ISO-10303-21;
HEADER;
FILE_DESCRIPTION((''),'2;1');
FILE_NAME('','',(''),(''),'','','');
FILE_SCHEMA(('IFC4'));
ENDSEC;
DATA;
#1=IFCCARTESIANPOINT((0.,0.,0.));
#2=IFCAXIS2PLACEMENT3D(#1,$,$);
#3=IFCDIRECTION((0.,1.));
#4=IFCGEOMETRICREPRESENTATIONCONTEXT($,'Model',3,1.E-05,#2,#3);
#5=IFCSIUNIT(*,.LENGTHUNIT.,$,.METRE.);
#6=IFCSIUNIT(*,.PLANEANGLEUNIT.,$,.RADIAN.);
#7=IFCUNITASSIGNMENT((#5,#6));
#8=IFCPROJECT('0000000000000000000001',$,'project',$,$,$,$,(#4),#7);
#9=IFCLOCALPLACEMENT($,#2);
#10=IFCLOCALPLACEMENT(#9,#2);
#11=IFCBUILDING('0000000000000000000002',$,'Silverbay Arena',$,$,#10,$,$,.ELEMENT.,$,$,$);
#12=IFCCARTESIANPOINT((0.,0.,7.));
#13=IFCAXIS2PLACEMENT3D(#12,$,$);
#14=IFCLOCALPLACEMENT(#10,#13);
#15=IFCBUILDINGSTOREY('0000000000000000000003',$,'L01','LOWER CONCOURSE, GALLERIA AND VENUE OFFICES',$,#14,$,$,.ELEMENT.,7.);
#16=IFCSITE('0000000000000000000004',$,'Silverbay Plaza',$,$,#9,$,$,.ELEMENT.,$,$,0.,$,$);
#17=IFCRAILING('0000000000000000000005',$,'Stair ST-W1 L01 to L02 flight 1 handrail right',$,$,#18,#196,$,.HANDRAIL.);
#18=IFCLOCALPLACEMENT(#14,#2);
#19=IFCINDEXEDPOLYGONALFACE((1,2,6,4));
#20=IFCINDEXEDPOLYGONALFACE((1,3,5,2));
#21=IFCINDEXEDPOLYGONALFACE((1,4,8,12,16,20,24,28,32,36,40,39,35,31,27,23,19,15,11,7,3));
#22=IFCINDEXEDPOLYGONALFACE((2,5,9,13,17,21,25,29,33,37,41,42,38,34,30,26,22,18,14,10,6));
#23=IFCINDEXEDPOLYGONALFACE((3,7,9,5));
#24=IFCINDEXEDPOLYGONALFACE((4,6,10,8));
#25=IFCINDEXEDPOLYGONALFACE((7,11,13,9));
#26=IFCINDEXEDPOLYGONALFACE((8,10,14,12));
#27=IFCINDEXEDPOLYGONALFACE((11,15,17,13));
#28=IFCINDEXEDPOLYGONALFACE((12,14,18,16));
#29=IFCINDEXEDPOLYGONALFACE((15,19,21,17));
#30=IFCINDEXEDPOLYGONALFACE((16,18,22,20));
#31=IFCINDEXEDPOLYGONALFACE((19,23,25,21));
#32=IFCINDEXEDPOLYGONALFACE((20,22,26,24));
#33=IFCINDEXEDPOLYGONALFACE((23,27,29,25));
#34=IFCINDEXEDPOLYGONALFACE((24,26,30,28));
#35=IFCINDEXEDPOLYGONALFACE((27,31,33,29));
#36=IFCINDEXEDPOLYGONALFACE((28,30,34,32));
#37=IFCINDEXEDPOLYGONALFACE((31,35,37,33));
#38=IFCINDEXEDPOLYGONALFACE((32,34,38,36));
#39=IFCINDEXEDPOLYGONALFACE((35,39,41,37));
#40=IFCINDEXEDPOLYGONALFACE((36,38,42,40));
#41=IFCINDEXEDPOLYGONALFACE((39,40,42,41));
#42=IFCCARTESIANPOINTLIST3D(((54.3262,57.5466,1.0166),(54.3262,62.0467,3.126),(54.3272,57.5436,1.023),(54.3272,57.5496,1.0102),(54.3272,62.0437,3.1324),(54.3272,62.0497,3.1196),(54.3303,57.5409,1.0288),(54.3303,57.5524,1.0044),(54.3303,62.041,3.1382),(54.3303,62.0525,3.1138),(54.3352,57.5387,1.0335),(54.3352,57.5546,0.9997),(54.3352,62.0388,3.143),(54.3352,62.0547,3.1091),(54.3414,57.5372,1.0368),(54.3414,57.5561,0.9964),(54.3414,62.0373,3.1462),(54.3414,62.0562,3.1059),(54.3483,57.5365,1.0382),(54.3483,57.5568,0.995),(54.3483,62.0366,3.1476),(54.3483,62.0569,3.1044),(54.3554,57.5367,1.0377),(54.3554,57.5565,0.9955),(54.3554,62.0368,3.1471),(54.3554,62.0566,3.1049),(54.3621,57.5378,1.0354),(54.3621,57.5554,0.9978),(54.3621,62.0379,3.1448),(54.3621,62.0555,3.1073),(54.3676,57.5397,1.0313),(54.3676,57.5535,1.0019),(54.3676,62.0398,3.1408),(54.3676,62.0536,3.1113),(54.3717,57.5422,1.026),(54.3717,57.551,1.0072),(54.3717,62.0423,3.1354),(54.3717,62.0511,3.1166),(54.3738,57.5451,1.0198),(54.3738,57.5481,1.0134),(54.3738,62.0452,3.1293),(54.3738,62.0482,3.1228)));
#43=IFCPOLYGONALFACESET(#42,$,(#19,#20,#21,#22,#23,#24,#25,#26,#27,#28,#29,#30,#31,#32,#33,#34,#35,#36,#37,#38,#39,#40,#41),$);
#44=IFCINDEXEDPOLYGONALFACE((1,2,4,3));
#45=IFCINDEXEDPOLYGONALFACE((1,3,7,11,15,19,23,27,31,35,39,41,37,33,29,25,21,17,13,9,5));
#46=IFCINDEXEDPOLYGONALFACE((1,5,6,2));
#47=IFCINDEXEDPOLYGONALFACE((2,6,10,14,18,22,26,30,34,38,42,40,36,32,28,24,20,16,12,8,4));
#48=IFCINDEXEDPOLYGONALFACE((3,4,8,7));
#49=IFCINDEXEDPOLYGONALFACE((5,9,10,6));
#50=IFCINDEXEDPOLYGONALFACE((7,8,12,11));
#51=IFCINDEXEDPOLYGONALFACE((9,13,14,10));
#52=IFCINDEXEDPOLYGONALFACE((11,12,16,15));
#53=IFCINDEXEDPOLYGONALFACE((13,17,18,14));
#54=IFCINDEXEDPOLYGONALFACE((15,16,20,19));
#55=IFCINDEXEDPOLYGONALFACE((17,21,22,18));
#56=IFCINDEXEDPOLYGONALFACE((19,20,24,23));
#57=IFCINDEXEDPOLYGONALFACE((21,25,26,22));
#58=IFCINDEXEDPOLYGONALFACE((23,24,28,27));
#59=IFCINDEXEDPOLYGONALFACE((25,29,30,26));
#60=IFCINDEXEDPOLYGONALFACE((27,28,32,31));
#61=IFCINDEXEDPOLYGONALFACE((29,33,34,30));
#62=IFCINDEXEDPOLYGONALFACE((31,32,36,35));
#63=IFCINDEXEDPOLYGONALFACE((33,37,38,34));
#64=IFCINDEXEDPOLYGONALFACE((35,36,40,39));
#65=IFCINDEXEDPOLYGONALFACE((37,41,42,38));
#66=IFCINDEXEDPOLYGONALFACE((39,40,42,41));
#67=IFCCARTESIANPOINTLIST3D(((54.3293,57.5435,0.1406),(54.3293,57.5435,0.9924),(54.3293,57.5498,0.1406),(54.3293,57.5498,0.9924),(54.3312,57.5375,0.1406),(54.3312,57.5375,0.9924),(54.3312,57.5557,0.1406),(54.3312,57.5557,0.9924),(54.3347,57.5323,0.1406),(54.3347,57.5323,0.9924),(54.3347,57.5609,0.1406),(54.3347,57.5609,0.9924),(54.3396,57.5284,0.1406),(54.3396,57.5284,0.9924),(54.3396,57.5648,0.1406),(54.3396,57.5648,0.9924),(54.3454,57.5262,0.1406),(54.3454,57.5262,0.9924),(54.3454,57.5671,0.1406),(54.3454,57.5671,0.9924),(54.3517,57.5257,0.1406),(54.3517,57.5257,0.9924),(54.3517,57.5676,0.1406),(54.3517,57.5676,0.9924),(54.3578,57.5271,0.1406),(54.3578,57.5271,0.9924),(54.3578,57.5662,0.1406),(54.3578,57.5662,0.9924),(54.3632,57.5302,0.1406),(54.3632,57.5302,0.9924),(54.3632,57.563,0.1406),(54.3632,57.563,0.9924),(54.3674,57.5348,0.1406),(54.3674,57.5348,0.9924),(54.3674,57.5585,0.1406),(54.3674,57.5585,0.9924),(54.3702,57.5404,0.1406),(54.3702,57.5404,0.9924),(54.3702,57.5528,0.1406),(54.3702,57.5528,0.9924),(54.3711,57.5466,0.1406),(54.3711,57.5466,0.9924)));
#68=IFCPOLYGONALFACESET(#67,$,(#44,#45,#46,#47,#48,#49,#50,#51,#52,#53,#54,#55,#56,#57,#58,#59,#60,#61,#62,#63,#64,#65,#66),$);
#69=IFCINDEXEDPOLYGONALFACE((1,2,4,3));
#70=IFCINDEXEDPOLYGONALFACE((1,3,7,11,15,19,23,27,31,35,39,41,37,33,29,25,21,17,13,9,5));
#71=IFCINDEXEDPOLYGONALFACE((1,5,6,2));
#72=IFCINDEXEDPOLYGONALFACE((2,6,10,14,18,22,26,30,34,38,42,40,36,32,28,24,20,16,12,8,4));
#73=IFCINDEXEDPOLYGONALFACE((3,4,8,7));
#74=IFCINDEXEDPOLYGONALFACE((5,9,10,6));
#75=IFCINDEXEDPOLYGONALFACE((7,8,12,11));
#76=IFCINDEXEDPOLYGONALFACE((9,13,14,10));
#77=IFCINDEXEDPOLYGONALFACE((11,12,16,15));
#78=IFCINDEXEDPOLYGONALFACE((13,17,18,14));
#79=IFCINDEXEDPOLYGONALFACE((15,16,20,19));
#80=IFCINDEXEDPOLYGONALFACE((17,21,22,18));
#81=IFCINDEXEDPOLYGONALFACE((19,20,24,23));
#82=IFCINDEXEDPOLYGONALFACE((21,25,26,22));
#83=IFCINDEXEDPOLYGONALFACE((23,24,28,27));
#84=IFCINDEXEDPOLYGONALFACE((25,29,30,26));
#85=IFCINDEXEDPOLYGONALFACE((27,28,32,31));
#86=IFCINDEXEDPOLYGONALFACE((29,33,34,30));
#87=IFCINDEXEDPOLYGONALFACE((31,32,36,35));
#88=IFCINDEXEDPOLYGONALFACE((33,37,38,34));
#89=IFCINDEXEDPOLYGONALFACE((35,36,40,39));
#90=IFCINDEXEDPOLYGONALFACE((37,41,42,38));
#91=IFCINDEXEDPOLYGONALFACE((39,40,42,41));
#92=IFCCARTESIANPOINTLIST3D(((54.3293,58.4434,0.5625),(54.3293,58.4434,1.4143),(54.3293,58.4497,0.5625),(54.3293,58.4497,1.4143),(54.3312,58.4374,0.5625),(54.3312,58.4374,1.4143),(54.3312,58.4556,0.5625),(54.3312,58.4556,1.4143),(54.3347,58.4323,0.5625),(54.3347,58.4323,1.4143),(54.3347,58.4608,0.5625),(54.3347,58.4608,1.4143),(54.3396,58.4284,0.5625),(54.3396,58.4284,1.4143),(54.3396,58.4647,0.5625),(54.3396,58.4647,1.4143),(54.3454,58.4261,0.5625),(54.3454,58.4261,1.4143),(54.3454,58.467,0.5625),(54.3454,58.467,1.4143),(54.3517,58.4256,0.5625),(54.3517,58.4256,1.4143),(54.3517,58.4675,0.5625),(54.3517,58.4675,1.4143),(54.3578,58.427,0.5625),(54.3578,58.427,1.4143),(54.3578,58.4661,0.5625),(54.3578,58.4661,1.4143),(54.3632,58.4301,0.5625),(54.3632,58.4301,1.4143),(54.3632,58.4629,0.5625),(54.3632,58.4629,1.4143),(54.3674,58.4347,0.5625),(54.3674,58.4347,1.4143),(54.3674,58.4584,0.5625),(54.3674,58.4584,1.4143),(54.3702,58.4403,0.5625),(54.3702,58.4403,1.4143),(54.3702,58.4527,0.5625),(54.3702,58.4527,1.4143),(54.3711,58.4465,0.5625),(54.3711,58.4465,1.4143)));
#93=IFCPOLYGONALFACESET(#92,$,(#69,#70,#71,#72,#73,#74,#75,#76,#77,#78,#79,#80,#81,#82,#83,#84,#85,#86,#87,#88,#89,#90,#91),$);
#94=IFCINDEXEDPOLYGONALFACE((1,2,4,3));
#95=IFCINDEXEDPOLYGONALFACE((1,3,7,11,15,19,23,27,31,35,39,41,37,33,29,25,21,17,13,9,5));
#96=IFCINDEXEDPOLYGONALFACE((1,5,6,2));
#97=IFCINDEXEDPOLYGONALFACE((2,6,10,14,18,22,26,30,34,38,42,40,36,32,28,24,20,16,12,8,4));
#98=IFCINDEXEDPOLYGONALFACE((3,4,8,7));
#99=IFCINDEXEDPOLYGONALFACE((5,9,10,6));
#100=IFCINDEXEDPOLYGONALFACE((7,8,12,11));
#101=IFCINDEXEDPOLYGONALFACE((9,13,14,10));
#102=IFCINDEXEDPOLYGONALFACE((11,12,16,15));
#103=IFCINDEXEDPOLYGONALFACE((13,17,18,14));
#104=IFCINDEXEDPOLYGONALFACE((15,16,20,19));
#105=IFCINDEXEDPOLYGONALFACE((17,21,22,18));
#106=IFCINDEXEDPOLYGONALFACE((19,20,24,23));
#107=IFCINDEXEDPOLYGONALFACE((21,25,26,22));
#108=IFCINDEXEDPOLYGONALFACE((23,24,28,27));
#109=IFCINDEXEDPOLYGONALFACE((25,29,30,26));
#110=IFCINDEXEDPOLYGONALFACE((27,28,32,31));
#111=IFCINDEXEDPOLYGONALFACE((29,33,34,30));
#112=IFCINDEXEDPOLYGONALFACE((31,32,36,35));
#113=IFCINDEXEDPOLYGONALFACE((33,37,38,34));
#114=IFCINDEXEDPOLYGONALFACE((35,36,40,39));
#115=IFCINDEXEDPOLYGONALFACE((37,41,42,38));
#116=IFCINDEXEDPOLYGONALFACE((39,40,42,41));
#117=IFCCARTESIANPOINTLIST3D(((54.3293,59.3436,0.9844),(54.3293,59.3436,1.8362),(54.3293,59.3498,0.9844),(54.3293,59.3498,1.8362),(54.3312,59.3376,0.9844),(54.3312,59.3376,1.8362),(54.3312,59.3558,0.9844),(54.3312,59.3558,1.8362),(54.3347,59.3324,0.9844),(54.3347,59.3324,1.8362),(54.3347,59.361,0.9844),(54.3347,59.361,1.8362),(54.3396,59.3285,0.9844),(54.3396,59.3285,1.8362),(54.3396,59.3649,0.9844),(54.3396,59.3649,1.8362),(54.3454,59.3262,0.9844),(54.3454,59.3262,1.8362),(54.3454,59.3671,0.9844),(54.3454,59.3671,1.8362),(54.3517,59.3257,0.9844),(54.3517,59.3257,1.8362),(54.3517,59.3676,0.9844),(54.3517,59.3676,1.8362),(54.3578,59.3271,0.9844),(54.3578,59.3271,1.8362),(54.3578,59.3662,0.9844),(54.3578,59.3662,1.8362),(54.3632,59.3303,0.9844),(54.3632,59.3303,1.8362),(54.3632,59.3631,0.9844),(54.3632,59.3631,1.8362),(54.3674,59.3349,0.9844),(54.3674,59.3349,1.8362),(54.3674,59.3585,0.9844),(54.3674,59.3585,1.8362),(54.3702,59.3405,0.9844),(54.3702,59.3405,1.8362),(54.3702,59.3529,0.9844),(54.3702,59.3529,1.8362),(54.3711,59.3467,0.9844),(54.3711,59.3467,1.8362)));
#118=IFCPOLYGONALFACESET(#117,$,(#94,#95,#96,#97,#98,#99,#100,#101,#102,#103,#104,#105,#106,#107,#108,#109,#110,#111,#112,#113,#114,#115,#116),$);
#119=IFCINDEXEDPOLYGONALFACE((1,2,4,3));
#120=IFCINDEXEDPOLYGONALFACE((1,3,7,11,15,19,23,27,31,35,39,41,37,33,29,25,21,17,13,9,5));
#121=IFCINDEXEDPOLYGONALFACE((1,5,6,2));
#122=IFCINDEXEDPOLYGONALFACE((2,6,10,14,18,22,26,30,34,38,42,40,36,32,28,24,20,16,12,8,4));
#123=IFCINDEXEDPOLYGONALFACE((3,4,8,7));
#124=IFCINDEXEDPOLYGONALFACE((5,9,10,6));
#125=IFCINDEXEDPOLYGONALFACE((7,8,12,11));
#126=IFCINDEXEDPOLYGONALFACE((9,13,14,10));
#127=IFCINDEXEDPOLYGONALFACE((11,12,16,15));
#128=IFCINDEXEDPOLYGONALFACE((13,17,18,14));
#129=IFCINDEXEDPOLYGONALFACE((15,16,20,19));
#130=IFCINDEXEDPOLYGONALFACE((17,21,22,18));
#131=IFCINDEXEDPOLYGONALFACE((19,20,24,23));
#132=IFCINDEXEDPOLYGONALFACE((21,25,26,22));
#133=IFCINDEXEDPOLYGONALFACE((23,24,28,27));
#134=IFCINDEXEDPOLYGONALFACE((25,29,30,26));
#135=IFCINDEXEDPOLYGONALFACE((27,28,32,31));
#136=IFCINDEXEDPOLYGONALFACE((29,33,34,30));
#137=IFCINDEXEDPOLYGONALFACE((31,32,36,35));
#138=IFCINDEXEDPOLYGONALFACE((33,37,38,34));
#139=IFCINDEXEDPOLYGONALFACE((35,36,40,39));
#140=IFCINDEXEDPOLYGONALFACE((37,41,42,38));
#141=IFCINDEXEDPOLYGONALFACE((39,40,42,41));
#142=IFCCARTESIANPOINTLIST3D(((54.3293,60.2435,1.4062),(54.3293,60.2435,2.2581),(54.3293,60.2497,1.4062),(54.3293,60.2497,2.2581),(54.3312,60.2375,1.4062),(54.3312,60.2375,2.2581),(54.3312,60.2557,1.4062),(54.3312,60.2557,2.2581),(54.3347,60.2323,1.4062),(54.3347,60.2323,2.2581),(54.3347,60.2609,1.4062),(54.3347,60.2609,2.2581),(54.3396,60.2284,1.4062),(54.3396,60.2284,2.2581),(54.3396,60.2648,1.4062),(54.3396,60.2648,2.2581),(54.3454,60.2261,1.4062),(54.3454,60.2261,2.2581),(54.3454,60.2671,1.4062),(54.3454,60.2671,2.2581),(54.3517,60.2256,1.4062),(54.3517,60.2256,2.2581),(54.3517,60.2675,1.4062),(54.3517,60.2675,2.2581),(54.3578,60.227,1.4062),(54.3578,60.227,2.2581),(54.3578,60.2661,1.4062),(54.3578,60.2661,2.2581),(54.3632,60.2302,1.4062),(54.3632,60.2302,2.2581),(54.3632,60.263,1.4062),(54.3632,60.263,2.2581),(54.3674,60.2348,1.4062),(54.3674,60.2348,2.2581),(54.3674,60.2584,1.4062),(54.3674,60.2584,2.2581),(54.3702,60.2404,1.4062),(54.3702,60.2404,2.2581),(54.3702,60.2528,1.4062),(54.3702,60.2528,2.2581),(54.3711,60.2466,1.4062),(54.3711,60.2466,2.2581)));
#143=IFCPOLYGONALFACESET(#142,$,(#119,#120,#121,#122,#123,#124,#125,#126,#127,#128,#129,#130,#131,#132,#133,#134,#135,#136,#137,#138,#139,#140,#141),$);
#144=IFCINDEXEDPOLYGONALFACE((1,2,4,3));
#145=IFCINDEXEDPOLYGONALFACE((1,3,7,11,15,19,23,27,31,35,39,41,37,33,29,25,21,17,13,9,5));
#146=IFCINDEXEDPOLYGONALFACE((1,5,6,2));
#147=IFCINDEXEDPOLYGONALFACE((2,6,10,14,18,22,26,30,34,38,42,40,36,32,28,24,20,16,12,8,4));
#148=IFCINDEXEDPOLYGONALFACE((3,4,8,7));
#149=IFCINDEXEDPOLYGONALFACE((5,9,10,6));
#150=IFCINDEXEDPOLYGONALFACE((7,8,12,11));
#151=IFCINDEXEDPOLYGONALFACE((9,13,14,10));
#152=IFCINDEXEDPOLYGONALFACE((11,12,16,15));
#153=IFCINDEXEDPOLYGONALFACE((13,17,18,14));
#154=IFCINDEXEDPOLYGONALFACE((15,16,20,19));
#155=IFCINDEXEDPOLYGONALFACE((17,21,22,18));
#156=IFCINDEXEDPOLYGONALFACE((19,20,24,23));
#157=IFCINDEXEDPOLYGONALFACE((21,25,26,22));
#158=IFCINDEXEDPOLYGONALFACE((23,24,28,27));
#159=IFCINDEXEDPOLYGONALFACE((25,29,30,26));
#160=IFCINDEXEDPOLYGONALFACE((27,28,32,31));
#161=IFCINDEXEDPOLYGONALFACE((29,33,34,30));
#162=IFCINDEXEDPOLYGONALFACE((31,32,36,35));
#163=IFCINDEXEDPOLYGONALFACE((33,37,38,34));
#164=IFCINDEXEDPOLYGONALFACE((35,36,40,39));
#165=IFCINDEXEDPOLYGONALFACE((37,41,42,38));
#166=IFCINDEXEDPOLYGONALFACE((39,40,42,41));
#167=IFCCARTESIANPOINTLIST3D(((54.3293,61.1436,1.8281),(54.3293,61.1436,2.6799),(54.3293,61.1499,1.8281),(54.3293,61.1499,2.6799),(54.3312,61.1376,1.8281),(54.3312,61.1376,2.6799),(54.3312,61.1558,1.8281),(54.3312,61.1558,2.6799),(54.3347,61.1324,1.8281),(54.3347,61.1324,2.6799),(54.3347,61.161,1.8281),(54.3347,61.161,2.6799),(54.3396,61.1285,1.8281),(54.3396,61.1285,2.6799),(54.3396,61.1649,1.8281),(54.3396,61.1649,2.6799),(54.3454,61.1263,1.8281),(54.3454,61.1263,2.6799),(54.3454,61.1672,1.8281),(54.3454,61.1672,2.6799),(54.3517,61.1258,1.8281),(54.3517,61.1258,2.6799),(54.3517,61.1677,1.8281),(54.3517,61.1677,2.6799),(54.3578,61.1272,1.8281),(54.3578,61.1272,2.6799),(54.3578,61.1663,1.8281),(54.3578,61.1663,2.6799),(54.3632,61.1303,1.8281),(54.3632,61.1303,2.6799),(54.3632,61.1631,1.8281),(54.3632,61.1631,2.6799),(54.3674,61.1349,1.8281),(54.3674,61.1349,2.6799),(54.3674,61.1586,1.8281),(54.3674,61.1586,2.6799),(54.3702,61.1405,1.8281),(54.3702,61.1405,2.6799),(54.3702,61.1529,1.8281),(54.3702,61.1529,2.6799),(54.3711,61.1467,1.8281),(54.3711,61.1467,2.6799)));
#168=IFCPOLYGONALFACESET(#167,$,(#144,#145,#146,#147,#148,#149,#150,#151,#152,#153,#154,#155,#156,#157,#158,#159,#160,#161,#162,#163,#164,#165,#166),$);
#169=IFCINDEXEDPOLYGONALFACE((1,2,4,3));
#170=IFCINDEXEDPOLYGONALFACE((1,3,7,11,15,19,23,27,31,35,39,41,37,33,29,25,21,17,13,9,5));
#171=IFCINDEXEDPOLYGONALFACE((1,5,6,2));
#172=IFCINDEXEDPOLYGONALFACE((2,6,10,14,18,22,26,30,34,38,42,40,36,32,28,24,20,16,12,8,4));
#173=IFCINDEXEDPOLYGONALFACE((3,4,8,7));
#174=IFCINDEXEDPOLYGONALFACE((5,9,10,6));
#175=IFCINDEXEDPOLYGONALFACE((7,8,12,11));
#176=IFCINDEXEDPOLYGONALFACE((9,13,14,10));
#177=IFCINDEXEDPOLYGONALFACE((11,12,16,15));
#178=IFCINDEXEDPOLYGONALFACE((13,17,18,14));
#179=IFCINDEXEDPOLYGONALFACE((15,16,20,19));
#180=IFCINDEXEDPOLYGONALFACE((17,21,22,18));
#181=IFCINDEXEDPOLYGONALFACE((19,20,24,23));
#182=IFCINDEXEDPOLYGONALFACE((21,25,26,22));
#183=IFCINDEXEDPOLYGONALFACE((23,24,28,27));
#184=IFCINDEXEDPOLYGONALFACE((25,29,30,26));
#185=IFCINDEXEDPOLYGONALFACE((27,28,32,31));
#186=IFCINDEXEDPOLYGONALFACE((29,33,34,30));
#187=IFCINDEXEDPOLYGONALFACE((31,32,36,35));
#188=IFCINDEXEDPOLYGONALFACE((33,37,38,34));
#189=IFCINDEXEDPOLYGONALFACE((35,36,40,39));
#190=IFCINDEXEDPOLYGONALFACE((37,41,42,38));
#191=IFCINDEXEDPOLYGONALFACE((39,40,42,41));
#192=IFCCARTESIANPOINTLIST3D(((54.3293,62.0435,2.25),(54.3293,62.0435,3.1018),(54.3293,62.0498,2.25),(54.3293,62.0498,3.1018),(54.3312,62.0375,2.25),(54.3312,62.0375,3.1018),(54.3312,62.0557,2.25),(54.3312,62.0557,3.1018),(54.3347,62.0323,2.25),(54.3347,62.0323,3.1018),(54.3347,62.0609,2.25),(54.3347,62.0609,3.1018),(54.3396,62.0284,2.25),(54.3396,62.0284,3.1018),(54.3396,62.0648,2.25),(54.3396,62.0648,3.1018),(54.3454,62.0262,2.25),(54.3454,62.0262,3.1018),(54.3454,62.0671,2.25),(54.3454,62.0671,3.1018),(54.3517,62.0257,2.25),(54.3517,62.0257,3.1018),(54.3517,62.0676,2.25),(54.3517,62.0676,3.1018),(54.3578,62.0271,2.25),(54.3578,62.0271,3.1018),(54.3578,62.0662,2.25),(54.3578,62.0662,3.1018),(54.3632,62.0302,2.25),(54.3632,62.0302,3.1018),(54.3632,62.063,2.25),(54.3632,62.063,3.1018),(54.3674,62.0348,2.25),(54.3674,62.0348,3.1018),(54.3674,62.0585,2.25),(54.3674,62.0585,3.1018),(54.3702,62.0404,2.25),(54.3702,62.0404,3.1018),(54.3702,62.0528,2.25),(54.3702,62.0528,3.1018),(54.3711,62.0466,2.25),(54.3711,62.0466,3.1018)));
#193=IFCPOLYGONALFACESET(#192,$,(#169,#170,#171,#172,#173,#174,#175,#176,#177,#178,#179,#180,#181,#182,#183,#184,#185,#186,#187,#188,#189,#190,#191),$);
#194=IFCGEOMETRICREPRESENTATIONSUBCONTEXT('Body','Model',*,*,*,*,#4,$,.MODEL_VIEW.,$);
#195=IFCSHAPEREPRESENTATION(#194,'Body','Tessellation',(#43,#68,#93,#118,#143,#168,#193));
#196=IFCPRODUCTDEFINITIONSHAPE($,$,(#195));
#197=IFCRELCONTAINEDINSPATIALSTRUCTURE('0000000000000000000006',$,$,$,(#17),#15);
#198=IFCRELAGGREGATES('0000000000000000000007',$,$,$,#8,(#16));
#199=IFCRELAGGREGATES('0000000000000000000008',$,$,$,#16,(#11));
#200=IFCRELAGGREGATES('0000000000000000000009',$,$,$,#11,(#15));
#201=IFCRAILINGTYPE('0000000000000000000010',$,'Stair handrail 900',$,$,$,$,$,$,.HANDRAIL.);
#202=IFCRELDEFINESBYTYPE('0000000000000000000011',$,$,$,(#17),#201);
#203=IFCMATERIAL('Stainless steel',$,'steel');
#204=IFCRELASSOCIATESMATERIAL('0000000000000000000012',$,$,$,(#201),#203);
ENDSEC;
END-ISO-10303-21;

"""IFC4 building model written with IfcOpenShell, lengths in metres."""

from ifc_helpers import new_model, si_unit, direction, frame, origin, origin_2d, place, context, subcontext, project, spatial, circle, extrude, material, type_object, element, save


model = new_model("IFC4")

# Units and contexts
model_context = context("Model", 3, precision=1e-05, world=origin(), true_north=direction((0.0, 1.0)))
body_context = subcontext(model_context, "Body", "Model", "MODEL_VIEW")
ifc_project = project(units=[si_unit("LENGTHUNIT", "METRE"), si_unit("PLANEANGLEUNIT", "RADIAN")], contexts=[model_context])

# Site, building, storey
site_placement = place(None, origin())
site = spatial("IfcSite", under=ifc_project, at=site_placement, Name="Silverbay Plaza", CompositionType="ELEMENT", RefElevation=0.0)
building_placement = place(site_placement, origin())
building = spatial("IfcBuilding", under=site, at=building_placement, Name="Silverbay Arena", CompositionType="ELEMENT")
storey_placement = place(building_placement, frame((0.0, 0.0, 7.0)))
storey = spatial("IfcBuildingStorey", under=building, at=storey_placement, Name="L01", Description="LOWER CONCOURSE, GALLERIA AND VENUE OFFICES", CompositionType="ELEMENT", Elevation=7.0)

# Railing
ifc_material_1 = material(Name="Stainless steel", Category="steel")
railing_type_1 = type_object("IfcRailingType", Name="Stair handrail 900", PredefinedType="HANDRAIL", material=ifc_material_1)
for number, where, name in (
    (1, (54.3501, 57.5466, 0.1406), "Stair ST-W1 L01 to L02 flight 1 handrail right"),
):
    element("IfcRailing", number, at=place(storey_placement, frame(where)), inside=storey, type_object=railing_type_1, Name=name, PredefinedType="HANDRAIL", context=body_context, shape_type="SweptSolid", body=[
        extrude(circle(Radius=0.0239, at=origin_2d()), frame((0.0, 0.0, 0.876), z_axis=(0.0, 0.905459, 0.424434), x_axis=(-1.0, 0.0, 0.0)), (0.0, 0.0, 1.0), 4.97),
        extrude(circle(Radius=0.021, at=origin_2d()), origin(), (0.0, 0.0, 1.0), 0.8518),
        extrude(circle(Radius=0.021, at=origin_2d()), frame((0.0, 0.8999, 0.4219)), (0.0, 0.0, 1.0), 0.8518),
        extrude(circle(Radius=0.021, at=origin_2d()), frame((0.0, 1.8, 0.8438)), (0.0, 0.0, 1.0), 0.8518),
        extrude(circle(Radius=0.021, at=origin_2d()), frame((0.0, 2.7, 1.2656)), (0.0, 0.0, 1.0), 0.8518),
        extrude(circle(Radius=0.021, at=origin_2d()), frame((0.0, 3.6001, 1.6875)), (0.0, 0.0, 1.0), 0.8518),
        extrude(circle(Radius=0.021, at=origin_2d()), frame((0.0, 4.5, 2.1094)), (0.0, 0.0, 1.0), 0.8518),
    ])

save(model, "model.ifc")
